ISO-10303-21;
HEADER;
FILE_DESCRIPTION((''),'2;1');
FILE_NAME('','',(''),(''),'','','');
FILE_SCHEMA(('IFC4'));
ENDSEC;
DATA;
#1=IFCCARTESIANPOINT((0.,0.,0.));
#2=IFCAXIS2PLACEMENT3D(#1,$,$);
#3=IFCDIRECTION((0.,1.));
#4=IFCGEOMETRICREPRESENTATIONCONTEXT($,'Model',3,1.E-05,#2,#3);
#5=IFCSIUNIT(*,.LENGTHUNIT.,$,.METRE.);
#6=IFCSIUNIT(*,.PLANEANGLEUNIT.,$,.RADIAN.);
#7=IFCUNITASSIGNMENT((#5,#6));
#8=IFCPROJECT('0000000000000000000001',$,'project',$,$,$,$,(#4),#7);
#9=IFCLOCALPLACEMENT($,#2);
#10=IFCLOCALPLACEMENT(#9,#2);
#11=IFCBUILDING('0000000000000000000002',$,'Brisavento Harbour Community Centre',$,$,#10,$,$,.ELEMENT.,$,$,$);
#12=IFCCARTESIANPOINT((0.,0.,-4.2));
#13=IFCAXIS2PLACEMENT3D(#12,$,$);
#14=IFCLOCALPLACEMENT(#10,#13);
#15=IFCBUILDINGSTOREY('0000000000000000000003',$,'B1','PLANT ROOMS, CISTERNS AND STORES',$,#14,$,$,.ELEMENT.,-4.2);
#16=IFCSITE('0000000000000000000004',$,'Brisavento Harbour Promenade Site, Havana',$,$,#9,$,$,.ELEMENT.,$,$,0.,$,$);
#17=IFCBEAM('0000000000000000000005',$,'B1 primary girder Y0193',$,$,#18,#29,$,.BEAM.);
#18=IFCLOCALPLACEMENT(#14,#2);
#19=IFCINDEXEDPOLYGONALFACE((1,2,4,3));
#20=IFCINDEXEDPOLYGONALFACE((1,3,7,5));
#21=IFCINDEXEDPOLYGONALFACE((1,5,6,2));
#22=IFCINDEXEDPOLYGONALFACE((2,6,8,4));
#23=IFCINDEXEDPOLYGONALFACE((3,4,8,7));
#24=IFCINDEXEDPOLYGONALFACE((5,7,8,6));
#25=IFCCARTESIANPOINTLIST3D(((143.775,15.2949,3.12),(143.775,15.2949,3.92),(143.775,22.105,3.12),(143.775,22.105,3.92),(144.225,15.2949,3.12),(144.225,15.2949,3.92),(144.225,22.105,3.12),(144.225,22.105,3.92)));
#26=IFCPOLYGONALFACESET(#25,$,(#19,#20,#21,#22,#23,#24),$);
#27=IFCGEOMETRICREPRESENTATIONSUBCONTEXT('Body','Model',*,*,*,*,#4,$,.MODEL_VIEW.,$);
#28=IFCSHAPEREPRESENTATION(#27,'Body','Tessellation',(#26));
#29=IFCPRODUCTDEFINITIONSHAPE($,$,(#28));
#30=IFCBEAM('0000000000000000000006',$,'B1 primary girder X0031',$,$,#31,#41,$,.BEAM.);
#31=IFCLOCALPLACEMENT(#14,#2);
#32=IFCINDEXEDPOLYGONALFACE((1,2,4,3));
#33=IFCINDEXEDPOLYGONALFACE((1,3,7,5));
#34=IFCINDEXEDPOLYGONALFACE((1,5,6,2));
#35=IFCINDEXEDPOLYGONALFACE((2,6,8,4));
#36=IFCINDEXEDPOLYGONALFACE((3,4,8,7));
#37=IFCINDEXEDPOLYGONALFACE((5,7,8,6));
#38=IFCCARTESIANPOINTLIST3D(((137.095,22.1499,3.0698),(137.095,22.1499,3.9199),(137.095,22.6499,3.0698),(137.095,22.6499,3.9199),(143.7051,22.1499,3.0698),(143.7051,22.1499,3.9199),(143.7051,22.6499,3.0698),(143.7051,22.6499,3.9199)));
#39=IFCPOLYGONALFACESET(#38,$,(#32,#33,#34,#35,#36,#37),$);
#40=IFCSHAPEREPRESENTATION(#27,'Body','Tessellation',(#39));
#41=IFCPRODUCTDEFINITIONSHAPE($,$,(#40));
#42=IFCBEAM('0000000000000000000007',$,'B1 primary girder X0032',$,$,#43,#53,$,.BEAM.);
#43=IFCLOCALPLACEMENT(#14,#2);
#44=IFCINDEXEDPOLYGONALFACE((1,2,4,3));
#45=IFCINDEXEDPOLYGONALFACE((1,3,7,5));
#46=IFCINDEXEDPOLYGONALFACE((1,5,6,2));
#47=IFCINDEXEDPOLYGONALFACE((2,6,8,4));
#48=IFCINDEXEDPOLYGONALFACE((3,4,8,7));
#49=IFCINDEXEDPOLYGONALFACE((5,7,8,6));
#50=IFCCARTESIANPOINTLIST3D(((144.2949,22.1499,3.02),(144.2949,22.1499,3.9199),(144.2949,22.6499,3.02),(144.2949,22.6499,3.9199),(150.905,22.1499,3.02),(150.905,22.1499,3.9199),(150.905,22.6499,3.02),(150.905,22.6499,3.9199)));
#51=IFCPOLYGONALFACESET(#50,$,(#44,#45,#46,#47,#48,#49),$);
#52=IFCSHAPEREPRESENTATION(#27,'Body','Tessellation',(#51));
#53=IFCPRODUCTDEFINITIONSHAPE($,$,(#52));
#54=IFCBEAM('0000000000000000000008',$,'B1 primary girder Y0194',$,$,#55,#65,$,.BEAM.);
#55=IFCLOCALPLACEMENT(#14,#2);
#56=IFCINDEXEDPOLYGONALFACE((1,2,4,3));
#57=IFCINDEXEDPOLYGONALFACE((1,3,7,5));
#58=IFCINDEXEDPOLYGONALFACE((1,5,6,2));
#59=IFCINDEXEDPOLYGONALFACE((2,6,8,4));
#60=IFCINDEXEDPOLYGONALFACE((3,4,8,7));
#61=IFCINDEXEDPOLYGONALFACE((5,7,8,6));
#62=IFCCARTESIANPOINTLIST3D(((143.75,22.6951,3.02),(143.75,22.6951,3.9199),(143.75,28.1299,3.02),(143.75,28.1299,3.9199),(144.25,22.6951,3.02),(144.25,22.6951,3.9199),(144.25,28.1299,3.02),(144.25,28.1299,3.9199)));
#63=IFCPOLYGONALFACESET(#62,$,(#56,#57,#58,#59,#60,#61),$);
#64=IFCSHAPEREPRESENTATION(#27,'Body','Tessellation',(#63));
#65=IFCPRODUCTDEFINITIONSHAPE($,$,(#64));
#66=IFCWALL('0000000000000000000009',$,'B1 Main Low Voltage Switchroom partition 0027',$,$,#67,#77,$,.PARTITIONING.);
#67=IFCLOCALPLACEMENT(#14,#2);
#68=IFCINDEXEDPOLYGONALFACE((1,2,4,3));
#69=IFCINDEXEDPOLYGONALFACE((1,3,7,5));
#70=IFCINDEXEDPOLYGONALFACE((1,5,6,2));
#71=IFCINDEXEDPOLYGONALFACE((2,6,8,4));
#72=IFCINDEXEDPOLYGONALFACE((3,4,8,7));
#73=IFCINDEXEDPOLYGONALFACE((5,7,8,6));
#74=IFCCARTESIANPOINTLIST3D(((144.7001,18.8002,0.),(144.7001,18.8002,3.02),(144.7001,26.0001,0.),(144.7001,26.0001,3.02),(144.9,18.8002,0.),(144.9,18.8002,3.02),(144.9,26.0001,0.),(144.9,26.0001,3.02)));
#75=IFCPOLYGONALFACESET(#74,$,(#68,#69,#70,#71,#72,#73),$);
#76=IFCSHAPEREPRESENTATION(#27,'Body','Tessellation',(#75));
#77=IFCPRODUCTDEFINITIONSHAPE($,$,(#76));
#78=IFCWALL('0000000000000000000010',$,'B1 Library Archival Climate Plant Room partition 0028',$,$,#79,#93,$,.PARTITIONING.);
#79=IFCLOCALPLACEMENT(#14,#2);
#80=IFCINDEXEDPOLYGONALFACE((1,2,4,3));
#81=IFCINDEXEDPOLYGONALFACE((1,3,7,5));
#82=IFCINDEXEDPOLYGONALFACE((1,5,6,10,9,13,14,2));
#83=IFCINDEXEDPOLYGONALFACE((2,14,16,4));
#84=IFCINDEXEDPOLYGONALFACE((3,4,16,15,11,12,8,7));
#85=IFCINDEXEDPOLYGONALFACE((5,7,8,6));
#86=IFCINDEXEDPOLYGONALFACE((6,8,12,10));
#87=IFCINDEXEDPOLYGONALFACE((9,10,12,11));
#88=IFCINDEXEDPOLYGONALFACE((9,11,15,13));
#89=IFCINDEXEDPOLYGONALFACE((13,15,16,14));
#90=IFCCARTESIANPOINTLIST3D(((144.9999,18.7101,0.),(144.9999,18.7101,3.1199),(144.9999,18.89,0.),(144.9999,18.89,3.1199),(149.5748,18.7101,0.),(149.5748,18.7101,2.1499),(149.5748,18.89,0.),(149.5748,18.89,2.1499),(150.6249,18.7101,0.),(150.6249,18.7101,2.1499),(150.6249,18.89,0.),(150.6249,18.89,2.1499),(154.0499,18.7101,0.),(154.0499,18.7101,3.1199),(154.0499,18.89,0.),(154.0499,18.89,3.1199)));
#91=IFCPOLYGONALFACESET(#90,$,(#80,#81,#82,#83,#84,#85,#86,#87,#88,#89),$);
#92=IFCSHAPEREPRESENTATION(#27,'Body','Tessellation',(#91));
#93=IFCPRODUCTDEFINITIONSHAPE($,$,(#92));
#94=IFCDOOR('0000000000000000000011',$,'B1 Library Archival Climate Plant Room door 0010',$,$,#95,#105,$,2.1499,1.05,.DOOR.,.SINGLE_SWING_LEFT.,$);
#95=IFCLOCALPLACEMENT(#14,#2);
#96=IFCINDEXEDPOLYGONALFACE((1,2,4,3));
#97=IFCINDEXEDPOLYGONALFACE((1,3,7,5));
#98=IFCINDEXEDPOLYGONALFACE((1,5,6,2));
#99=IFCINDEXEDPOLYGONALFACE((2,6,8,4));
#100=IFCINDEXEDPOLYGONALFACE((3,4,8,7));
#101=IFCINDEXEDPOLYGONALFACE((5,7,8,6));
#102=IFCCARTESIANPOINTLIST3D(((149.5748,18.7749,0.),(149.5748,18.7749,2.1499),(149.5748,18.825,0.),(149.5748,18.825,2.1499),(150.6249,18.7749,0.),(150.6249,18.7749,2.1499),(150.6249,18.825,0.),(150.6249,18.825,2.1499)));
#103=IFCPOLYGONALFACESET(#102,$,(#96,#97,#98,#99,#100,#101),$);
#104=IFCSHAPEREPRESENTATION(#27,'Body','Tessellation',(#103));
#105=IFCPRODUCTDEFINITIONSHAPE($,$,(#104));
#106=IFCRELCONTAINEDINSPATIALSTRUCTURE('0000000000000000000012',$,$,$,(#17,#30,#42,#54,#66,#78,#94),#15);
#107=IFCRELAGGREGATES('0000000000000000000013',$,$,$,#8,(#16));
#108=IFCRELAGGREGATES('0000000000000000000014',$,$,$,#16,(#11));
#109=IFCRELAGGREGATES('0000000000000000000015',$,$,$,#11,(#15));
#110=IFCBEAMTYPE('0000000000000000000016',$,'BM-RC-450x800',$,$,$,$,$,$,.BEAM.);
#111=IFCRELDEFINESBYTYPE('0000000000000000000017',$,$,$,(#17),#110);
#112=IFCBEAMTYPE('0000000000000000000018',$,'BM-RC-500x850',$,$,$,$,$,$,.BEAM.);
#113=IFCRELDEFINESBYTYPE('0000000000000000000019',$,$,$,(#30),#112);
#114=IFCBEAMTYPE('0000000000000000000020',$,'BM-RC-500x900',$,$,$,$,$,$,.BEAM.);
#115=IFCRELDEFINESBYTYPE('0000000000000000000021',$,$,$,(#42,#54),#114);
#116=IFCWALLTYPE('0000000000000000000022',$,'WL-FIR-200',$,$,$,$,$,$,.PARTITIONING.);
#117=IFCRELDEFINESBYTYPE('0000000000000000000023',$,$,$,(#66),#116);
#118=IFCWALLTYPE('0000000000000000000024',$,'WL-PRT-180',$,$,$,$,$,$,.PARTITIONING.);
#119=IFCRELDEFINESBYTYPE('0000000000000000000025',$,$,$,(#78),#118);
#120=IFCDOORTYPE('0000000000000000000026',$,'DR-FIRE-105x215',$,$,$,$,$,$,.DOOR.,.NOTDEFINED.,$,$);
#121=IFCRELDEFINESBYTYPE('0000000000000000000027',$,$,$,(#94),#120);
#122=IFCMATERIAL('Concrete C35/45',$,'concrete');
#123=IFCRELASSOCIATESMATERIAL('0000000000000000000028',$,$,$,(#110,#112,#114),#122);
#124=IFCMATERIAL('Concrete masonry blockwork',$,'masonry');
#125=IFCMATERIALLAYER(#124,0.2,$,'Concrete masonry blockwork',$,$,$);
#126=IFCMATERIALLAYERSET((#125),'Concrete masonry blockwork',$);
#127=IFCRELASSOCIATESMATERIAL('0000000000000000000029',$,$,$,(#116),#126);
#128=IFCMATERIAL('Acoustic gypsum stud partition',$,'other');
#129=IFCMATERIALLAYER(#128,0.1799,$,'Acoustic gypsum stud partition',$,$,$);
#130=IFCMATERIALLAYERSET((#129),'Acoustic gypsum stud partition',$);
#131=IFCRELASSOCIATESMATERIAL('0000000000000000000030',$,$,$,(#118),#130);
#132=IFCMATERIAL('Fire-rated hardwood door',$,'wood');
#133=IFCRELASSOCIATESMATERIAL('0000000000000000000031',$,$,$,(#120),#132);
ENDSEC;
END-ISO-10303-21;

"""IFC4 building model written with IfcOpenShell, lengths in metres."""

from ifc_helpers import new_model, si_unit, direction, frame, frame_2d, origin, origin_2d, place, context, subcontext, project, spatial, rectangle, extrude, material, layer, layer_set, material_profile, profile_set, type_object, element, fill, save


model = new_model("IFC4")

# Units and contexts
model_context = context("Model", 3, precision=1e-05, world=origin(), true_north=direction((0.0, 1.0)))
body_context = subcontext(model_context, "Body", "Model", "MODEL_VIEW")
ifc_project = project(units=[si_unit("LENGTHUNIT", "METRE"), si_unit("PLANEANGLEUNIT", "RADIAN")], contexts=[model_context])

# Site, building, storey
site_placement = place(None, origin())
site = spatial("IfcSite", under=ifc_project, at=site_placement, Name="Brisavento Harbour Promenade Site, Havana", CompositionType="ELEMENT", RefElevation=0.0)
building_placement = place(site_placement, origin())
building = spatial("IfcBuilding", under=site, at=building_placement, Name="Brisavento Harbour Community Centre", CompositionType="ELEMENT")
storey_placement = place(building_placement, frame((0.0, 0.0, -4.2)))
storey = spatial("IfcBuildingStorey", under=building, at=storey_placement, Name="B1", Description="PLANT ROOMS, CISTERNS AND STORES", CompositionType="ELEMENT", Elevation=-4.2)

# Shared definitions
ifc_material_1 = material(Name="Concrete C35/45", Category="concrete")

# Beams
ifc_material_profile_1 = material_profile(ifc_material_1, rectangle(XDim=0.45, YDim=0.8, at=origin_2d()), Name="Concrete C35/45")
ifc_profile_set_1 = profile_set([ifc_material_profile_1], Name="Concrete C35/45")
beam_type_1 = type_object("IfcBeamType", Name="BM-RC-450x800", PredefinedType="BEAM", material=ifc_profile_set_1)
beam_1_placement = place(storey_placement, frame((144.0, 15.2949, 3.52), z_axis=(0.0, 1.0, 0.0), x_axis=(-1.0, 0.0, 0.0)))
element("IfcBeam", 1, at=beam_1_placement, inside=storey, type_object=beam_type_1, Name="B1 primary girder Y0193", PredefinedType="BEAM", context=body_context, shape_type="SweptSolid", body=[
    extrude(rectangle(XDim=0.45, YDim=0.8, at=origin_2d()), origin(), (0.0, 0.0, 1.0), 6.8101),
])
ifc_material_profile_2 = material_profile(ifc_material_1, rectangle(XDim=0.5, YDim=0.8501, at=origin_2d()), Name="Concrete C35/45")
ifc_profile_set_2 = profile_set([ifc_material_profile_2], Name="Concrete C35/45")
beam_type_2 = type_object("IfcBeamType", Name="BM-RC-500x850", PredefinedType="BEAM", material=ifc_profile_set_2)
beam_2_placement = place(storey_placement, frame((137.095, 22.3999, 3.4949), z_axis=(1.0, 0.0, 0.0), x_axis=(0.0, 1.0, 0.0)))
element("IfcBeam", 2, at=beam_2_placement, inside=storey, type_object=beam_type_2, Name="B1 primary girder X0031", PredefinedType="BEAM", context=body_context, shape_type="SweptSolid", body=[
    extrude(rectangle(XDim=0.5, YDim=0.8501, at=origin_2d()), origin(), (0.0, 0.0, 1.0), 6.6101),
])
ifc_material_profile_3 = material_profile(ifc_material_1, rectangle(XDim=0.5, YDim=0.8999, at=origin_2d()), Name="Concrete C35/45")
ifc_profile_set_3 = profile_set([ifc_material_profile_3], Name="Concrete C35/45")
beam_type_3 = type_object("IfcBeamType", Name="BM-RC-500x900", PredefinedType="BEAM", material=ifc_profile_set_3)
beam_3_placement = place(storey_placement, frame((144.2949, 22.3999, 3.47), z_axis=(1.0, 0.0, 0.0), x_axis=(0.0, 1.0, 0.0)))
element("IfcBeam", 3, at=beam_3_placement, inside=storey, type_object=beam_type_3, Name="B1 primary girder X0032", PredefinedType="BEAM", context=body_context, shape_type="SweptSolid", body=[
    extrude(rectangle(XDim=0.5, YDim=0.8999, at=origin_2d()), origin(), (0.0, 0.0, 1.0), 6.6101),
])
beam_4_placement = place(storey_placement, frame((144.0, 22.6951, 3.47), z_axis=(0.0, 1.0, 0.0), x_axis=(-1.0, 0.0, 0.0)))
element("IfcBeam", 4, at=beam_4_placement, inside=storey, type_object=beam_type_3, Name="B1 primary girder Y0194", PredefinedType="BEAM", context=body_context, shape_type="SweptSolid", body=[
    extrude(rectangle(XDim=0.5, YDim=0.8999, at=origin_2d()), origin(), (0.0, 0.0, 1.0), 5.4348),
])

# Wall
ifc_material_2 = material(Name="Concrete masonry blockwork", Category="masonry")
ifc_layer_1 = layer(ifc_material_2, 0.2, Name="Concrete masonry blockwork")
ifc_layer_set_1 = layer_set([ifc_layer_1], Name="Concrete masonry blockwork")
wall_type_1 = type_object("IfcWallType", Name="WL-FIR-200", PredefinedType="PARTITIONING", material=ifc_layer_set_1)
wall_1_placement = place(storey_placement, frame((144.8, 18.8, 0.0), z_axis=(0.0, 0.0, 1.0), x_axis=(0.0, 1.0, 0.0)))
element("IfcWall", 5, at=wall_1_placement, inside=storey, type_object=wall_type_1, Name="B1 Main Low Voltage Switchroom partition 0027", PredefinedType="PARTITIONING", context=body_context, shape_type="SweptSolid", body=[
    extrude(rectangle(XDim=7.2, YDim=0.2, at=frame_2d((3.6001, 0.0))), origin(), (0.0, 0.0, 1.0), 3.02),
])

# Wall, opening, door
ifc_material_3 = material(Name="Acoustic gypsum stud partition", Category="other")
ifc_layer_2 = layer(ifc_material_3, 0.1799, Name="Acoustic gypsum stud partition")
ifc_layer_set_2 = layer_set([ifc_layer_2], Name="Acoustic gypsum stud partition")
wall_type_2 = type_object("IfcWallType", Name="WL-PRT-180", PredefinedType="PARTITIONING", material=ifc_layer_set_2)
wall_2_placement = place(storey_placement, frame((145.0, 18.8, 0.0), z_axis=(0.0, 0.0, 1.0), x_axis=(1.0, 0.0, 0.0)))
wall_2 = element("IfcWall", 6, at=wall_2_placement, inside=storey, type_object=wall_type_2, Name="B1 Library Archival Climate Plant Room partition 0028", PredefinedType="PARTITIONING", context=body_context, shape_type="SweptSolid", body=[
    extrude(rectangle(XDim=9.05, YDim=0.1799, at=frame_2d((4.5249, 0.0))), origin(), (0.0, 0.0, 1.0), 3.1199),
])
opening_placement = place(wall_2_placement, frame((4.575, 0.0, 0.0)))
opening = element("IfcOpeningElement", 7, at=opening_placement, cuts=wall_2, PredefinedType="OPENING", context=body_context, shape_type="SweptSolid", body=[
    extrude(rectangle(XDim=1.05, YDim=2.1499, at=frame_2d((0.5249, 1.075))), frame((0.0, 0.1001, 0.0), z_axis=(0.0, -1.0, 0.0), x_axis=(1.0, 0.0, 0.0)), (0.0, 0.0, 1.0), 0.2),
])
ifc_material_4 = material(Name="Fire-rated hardwood door", Category="wood")
door_type = type_object("IfcDoorType", Name="DR-FIRE-105x215", OperationType="NOTDEFINED", PredefinedType="DOOR", material=ifc_material_4)
door_placement = place(opening_placement, origin())
door = element("IfcDoor", 8, at=door_placement, inside=storey, type_object=door_type, Name="B1 Library Archival Climate Plant Room door 0010", OperationType="SINGLE_SWING_LEFT", OverallHeight=2.1499, OverallWidth=1.05, PredefinedType="DOOR", context=body_context, shape_type="SweptSolid", body=[
    extrude(rectangle(XDim=1.05, YDim=2.1499, at=frame_2d((0.5249, 1.075))), frame((0.0, 0.0249, 0.0), z_axis=(0.0, -1.0, 0.0), x_axis=(1.0, 0.0, 0.0)), (0.0, 0.0, 1.0), 0.05),
])
fill(opening, door)

save(model, "model.ifc")
